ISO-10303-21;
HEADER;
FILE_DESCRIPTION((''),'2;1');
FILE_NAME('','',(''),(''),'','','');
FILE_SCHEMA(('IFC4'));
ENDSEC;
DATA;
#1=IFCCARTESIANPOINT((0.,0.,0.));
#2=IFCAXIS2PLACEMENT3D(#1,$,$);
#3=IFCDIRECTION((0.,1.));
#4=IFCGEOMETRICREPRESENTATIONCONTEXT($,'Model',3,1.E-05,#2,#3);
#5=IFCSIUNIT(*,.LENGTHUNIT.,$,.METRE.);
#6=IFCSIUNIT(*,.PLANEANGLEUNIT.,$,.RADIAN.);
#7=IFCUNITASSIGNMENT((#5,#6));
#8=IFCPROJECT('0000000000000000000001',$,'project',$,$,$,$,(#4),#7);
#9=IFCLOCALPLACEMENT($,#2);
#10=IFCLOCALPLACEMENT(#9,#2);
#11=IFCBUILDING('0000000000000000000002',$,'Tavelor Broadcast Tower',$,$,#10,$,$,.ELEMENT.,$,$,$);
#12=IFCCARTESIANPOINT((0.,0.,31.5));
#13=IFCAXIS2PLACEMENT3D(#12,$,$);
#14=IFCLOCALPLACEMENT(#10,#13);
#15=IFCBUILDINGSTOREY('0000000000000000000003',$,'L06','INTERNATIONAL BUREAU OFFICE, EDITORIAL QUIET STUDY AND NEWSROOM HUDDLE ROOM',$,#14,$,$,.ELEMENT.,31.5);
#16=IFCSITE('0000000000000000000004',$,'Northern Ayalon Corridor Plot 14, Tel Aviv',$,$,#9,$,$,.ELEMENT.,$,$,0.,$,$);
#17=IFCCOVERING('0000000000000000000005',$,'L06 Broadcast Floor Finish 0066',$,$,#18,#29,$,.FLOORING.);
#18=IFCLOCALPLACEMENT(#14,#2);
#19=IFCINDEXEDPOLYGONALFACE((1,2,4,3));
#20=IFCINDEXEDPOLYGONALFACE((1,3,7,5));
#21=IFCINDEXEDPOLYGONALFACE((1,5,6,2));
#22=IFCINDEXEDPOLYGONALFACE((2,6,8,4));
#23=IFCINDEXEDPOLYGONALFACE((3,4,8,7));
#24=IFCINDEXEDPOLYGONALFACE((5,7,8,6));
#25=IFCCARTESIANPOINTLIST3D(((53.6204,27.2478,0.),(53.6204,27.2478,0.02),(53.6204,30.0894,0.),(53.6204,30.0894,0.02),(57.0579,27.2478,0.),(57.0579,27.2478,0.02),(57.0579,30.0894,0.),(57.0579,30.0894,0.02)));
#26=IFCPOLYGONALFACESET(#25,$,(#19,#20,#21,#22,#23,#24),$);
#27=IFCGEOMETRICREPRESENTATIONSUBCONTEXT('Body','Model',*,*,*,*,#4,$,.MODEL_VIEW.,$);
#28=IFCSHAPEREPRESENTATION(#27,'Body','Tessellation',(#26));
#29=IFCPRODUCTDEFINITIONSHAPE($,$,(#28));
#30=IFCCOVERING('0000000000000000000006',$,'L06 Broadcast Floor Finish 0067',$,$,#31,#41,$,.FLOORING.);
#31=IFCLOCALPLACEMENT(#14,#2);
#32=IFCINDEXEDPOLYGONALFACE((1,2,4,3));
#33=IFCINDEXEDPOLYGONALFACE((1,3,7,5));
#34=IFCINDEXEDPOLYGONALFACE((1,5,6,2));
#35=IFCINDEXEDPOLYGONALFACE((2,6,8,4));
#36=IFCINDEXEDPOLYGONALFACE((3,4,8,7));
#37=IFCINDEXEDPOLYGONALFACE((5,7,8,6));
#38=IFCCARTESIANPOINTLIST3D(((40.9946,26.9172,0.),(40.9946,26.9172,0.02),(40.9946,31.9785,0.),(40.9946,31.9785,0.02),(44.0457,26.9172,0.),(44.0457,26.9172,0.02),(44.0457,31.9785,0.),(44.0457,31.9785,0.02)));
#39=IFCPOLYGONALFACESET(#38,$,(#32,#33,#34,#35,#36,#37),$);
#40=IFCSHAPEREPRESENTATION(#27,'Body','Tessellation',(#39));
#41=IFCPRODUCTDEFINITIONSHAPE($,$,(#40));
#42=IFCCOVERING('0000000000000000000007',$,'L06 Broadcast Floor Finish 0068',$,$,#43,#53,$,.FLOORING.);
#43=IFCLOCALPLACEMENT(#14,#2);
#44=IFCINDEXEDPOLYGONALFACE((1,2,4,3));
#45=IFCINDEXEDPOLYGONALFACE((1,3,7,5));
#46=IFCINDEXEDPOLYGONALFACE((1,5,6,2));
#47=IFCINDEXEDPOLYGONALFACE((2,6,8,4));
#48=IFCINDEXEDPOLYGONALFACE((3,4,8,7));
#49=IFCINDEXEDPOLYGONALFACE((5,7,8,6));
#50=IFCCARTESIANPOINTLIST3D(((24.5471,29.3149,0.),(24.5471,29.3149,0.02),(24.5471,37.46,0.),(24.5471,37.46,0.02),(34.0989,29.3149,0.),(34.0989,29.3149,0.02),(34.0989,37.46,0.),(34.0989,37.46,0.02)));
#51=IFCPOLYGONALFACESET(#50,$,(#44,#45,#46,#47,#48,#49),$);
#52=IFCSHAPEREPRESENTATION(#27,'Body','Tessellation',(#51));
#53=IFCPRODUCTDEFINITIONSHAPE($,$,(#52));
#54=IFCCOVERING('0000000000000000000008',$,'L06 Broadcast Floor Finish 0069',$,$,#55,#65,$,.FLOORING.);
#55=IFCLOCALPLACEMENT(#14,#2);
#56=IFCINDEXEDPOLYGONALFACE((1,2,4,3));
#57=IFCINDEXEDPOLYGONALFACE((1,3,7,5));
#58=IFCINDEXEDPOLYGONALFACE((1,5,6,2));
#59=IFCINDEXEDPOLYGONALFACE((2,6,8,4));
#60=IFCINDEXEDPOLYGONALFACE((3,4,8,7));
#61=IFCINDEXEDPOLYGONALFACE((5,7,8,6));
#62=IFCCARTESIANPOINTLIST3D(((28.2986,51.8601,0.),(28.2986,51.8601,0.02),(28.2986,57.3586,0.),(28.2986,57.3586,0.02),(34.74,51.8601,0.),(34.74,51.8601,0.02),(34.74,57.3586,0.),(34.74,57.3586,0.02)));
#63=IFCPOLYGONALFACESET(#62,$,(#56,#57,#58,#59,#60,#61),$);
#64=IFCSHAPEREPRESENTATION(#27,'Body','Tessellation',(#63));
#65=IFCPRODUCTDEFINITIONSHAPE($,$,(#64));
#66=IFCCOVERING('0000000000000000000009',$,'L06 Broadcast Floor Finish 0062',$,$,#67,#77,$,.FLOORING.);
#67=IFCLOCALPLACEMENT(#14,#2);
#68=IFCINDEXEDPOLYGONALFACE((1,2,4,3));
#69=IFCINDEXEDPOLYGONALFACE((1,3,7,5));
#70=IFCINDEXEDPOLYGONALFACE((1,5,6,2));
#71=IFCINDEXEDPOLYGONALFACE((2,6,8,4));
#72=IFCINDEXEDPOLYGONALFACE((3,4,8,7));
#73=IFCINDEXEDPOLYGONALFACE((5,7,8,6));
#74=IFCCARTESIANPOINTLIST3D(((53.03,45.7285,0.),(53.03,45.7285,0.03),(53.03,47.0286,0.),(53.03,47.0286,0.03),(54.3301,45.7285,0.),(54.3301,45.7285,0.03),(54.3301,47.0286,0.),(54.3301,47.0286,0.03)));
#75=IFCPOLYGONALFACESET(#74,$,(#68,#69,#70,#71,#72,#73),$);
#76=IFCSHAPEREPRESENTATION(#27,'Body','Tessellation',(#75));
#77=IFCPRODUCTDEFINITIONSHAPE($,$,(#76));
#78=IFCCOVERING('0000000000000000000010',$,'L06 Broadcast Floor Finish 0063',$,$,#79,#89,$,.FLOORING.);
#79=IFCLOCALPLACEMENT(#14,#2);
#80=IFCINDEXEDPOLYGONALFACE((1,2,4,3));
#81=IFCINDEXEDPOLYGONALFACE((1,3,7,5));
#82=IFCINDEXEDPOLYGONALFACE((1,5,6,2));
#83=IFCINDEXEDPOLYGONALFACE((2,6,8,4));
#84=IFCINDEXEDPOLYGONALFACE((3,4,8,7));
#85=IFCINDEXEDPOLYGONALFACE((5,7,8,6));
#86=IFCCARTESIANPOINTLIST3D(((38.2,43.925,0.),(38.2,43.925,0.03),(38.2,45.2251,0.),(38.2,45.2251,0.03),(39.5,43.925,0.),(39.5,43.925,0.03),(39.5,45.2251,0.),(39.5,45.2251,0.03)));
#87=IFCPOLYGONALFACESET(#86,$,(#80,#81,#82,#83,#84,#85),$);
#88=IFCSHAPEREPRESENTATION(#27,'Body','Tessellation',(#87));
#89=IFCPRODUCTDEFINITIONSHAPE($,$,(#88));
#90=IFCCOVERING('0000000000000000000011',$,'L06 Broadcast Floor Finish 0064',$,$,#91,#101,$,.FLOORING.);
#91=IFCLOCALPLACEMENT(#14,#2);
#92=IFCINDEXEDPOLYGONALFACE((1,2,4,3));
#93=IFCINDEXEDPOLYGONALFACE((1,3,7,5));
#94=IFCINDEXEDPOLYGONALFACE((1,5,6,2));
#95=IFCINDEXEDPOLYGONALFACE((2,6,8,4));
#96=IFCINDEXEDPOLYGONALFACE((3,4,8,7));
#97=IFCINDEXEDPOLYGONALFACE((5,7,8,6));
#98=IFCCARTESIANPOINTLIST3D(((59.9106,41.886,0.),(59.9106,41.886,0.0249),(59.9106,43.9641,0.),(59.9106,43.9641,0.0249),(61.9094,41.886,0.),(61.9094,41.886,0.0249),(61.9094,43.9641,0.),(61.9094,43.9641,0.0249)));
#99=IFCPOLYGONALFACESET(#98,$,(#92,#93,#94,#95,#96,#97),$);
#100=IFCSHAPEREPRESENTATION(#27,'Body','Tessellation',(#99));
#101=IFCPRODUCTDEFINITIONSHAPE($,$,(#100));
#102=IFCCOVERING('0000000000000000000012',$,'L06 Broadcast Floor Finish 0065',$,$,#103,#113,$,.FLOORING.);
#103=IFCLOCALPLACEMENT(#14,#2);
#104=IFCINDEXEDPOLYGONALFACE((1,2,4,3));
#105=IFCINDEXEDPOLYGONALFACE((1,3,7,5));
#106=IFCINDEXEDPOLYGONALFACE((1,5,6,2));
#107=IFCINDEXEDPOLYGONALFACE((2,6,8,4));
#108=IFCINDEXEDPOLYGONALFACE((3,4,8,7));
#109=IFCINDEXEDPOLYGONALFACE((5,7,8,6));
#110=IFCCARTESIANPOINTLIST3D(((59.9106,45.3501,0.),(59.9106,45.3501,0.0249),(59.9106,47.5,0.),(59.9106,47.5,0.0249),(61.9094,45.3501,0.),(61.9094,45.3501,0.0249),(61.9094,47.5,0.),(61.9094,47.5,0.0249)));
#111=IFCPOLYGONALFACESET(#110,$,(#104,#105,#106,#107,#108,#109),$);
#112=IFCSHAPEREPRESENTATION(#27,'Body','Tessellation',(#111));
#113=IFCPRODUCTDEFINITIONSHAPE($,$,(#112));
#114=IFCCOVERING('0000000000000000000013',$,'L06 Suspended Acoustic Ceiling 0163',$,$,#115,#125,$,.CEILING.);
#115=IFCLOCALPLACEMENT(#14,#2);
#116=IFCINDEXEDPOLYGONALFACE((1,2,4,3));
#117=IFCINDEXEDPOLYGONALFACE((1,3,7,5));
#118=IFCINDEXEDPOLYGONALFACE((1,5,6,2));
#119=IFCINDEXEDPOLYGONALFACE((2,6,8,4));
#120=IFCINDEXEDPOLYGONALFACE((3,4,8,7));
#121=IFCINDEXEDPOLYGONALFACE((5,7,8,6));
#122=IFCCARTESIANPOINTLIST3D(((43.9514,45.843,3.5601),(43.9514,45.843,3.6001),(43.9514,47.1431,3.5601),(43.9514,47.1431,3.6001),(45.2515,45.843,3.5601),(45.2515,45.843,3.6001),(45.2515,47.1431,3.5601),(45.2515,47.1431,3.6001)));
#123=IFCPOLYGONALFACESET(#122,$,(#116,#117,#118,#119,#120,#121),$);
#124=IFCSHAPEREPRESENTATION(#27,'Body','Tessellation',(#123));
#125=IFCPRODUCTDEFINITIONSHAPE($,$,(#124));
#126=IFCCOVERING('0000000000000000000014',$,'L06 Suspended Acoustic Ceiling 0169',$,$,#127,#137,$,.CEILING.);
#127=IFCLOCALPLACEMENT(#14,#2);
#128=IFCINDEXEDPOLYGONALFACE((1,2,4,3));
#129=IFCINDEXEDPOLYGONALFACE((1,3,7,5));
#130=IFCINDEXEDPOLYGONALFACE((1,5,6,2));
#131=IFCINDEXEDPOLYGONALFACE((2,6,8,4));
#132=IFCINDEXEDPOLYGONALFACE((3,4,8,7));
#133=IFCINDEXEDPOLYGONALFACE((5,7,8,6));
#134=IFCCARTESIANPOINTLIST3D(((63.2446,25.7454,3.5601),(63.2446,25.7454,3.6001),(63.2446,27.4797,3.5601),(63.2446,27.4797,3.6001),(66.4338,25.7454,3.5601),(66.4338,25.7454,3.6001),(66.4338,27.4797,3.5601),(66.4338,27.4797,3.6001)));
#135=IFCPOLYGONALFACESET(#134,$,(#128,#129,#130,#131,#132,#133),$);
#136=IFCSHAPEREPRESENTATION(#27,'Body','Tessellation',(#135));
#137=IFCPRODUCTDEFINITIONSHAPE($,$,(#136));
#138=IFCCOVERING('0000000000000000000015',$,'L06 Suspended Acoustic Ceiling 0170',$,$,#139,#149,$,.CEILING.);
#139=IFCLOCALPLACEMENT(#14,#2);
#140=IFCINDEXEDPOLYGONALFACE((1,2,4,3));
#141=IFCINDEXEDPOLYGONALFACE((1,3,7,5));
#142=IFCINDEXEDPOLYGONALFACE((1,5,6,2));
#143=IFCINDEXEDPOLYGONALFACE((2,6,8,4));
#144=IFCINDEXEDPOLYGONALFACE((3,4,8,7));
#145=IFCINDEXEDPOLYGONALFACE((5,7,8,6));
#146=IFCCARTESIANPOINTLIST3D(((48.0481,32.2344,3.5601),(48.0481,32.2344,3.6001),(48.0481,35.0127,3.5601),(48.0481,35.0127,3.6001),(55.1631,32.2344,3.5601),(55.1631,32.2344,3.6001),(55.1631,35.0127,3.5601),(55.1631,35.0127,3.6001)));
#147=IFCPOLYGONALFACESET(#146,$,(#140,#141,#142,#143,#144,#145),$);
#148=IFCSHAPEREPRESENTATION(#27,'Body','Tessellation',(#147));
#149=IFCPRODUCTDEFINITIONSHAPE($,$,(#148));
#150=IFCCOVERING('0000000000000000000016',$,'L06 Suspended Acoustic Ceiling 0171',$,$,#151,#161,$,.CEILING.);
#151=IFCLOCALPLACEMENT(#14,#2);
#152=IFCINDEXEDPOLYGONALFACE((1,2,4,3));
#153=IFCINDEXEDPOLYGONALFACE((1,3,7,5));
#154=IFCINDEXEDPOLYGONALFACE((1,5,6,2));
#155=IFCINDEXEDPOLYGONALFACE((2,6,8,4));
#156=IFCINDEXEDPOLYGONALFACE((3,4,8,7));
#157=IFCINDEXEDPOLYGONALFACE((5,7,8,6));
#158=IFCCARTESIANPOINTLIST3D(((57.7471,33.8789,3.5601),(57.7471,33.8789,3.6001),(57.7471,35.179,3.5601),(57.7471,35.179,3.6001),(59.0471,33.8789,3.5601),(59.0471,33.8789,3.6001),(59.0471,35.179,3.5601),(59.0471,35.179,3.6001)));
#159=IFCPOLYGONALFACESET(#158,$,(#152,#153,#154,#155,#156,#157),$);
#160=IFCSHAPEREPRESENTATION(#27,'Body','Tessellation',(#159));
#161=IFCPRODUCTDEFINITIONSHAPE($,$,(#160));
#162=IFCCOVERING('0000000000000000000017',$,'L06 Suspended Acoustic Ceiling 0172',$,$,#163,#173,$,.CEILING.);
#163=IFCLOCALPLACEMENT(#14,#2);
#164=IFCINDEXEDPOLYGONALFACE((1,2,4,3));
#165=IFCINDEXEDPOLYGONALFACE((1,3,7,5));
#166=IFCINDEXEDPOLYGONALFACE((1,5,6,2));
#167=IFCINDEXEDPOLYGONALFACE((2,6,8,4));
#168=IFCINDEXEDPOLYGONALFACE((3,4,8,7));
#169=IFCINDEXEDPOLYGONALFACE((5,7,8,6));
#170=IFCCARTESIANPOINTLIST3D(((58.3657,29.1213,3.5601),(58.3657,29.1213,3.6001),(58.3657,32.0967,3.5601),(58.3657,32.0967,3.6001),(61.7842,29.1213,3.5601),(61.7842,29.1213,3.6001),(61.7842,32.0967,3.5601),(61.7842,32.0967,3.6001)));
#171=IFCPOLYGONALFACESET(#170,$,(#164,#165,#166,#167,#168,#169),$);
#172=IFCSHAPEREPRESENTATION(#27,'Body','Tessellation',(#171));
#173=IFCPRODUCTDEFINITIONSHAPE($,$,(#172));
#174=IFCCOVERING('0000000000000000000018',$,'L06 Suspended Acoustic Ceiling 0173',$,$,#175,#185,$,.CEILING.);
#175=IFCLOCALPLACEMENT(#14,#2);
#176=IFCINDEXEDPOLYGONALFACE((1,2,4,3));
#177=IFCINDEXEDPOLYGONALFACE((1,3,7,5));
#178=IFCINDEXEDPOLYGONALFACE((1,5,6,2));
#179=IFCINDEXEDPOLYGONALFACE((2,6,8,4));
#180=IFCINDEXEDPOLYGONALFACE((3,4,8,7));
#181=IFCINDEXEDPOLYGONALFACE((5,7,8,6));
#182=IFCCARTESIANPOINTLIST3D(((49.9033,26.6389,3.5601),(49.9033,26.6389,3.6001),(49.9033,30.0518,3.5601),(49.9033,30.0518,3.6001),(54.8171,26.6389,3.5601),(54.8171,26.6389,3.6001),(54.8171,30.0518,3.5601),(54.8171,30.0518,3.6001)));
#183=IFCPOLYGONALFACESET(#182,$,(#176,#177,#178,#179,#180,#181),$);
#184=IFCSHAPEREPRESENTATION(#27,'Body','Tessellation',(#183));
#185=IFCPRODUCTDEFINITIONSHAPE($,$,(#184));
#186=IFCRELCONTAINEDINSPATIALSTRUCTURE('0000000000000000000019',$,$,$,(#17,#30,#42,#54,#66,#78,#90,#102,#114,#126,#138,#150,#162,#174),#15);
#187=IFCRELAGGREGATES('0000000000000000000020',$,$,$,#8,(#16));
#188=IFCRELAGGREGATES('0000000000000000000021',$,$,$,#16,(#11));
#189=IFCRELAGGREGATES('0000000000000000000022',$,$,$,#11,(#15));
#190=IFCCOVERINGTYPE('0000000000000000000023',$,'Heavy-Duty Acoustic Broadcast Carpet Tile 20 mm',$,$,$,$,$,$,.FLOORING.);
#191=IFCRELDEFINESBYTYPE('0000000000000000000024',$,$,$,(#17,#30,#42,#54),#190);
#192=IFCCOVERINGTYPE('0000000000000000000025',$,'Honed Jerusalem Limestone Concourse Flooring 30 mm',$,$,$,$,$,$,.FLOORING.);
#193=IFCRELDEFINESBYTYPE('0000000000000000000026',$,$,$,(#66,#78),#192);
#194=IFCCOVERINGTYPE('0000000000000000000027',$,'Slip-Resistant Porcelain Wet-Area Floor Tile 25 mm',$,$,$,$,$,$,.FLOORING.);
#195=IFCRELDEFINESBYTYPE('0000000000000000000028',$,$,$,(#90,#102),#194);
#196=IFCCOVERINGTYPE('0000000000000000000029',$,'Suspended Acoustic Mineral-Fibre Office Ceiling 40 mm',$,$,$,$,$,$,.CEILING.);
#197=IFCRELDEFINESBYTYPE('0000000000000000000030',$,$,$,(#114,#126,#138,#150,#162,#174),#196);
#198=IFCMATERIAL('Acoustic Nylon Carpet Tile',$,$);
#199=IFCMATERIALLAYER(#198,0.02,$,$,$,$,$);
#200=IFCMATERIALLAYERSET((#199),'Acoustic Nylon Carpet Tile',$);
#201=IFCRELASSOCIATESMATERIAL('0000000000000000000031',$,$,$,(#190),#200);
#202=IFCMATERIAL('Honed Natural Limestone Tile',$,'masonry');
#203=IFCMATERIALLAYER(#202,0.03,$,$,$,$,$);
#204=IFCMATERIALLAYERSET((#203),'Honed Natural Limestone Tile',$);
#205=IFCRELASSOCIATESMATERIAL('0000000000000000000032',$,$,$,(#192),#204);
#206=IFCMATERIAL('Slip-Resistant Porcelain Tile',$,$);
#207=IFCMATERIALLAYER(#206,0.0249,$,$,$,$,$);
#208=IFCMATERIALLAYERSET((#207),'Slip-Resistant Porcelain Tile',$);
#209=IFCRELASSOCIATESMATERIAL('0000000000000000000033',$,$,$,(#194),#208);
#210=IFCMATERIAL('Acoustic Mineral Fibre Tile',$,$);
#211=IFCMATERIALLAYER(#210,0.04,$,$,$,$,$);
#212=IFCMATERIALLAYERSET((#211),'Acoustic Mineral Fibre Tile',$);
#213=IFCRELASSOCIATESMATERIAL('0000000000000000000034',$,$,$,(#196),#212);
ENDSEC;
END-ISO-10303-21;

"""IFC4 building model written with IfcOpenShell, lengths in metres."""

from ifc_helpers import new_model, si_unit, direction, frame, origin, place, context, subcontext, project, spatial, polyline, outline, extrude, material, layer, layer_set, type_object, element, save


model = new_model("IFC4")

# Units and contexts
model_context = context("Model", 3, precision=1e-05, world=origin(), true_north=direction((0.0, 1.0)))
body_context = subcontext(model_context, "Body", "Model", "MODEL_VIEW")
ifc_project = project(units=[si_unit("LENGTHUNIT", "METRE"), si_unit("PLANEANGLEUNIT", "RADIAN")], contexts=[model_context])

# Site, building, storey
site_placement = place(None, origin())
site = spatial("IfcSite", under=ifc_project, at=site_placement, Name="Northern Ayalon Corridor Plot 14, Tel Aviv", CompositionType="ELEMENT", RefElevation=0.0)
building_placement = place(site_placement, origin())
building = spatial("IfcBuilding", under=site, at=building_placement, Name="Tavelor Broadcast Tower", CompositionType="ELEMENT")
storey_placement = place(building_placement, frame((0.0, 0.0, 31.5)))
storey = spatial("IfcBuildingStorey", under=building, at=storey_placement, Name="L06", Description="INTERNATIONAL BUREAU OFFICE, EDITORIAL QUIET STUDY AND NEWSROOM HUDDLE ROOM", CompositionType="ELEMENT", Elevation=31.5)

# Coverings
ifc_material_1 = material(Name="Acoustic Nylon Carpet Tile")
ifc_layer_1 = layer(ifc_material_1, 0.02)
ifc_layer_set_1 = layer_set([ifc_layer_1], Name="Acoustic Nylon Carpet Tile")
covering_type_1 = type_object("IfcCoveringType", Name="Heavy-Duty Acoustic Broadcast Carpet Tile 20 mm", PredefinedType="FLOORING", material=ifc_layer_set_1)
covering_1_placement = place(storey_placement, origin())
element("IfcCovering", 1, at=covering_1_placement, inside=storey, type_object=covering_type_1, Name="L06 Broadcast Floor Finish 0066", PredefinedType="FLOORING", context=body_context, shape_type="SweptSolid", body=[
    extrude(outline(polyline([(53.6204, 27.2478), (57.0579, 27.2478), (57.0579, 30.0894), (53.6204, 30.0894), (53.6204, 27.2478)])), origin(), (0.0, 0.0, 1.0), 0.02),
])
covering_2_placement = place(storey_placement, origin())
element("IfcCovering", 2, at=covering_2_placement, inside=storey, type_object=covering_type_1, Name="L06 Broadcast Floor Finish 0067", PredefinedType="FLOORING", context=body_context, shape_type="SweptSolid", body=[
    extrude(outline(polyline([(40.9946, 26.9172), (44.0457, 26.9172), (44.0457, 31.9785), (40.9946, 31.9785), (40.9946, 26.9172)])), origin(), (0.0, 0.0, 1.0), 0.02),
])
covering_3_placement = place(storey_placement, origin())
element("IfcCovering", 3, at=covering_3_placement, inside=storey, type_object=covering_type_1, Name="L06 Broadcast Floor Finish 0068", PredefinedType="FLOORING", context=body_context, shape_type="SweptSolid", body=[
    extrude(outline(polyline([(24.5471, 29.3149), (34.0989, 29.3149), (34.0989, 37.46), (24.5471, 37.46), (24.5471, 29.3149)])), origin(), (0.0, 0.0, 1.0), 0.02),
])
covering_4_placement = place(storey_placement, origin())
element("IfcCovering", 4, at=covering_4_placement, inside=storey, type_object=covering_type_1, Name="L06 Broadcast Floor Finish 0069", PredefinedType="FLOORING", context=body_context, shape_type="SweptSolid", body=[
    extrude(outline(polyline([(28.2986, 51.8601), (34.74, 51.8601), (34.74, 57.3586), (28.2986, 57.3586), (28.2986, 51.8601)])), origin(), (0.0, 0.0, 1.0), 0.02),
])
ifc_material_2 = material(Name="Honed Natural Limestone Tile", Category="masonry")
ifc_layer_2 = layer(ifc_material_2, 0.03)
ifc_layer_set_2 = layer_set([ifc_layer_2], Name="Honed Natural Limestone Tile")
covering_type_2 = type_object("IfcCoveringType", Name="Honed Jerusalem Limestone Concourse Flooring 30 mm", PredefinedType="FLOORING", material=ifc_layer_set_2)
covering_5_placement = place(storey_placement, origin())
element("IfcCovering", 5, at=covering_5_placement, inside=storey, type_object=covering_type_2, Name="L06 Broadcast Floor Finish 0062", PredefinedType="FLOORING", context=body_context, shape_type="SweptSolid", body=[
    extrude(outline(polyline([(53.03, 45.7285), (54.3301, 45.7285), (54.3301, 47.0286), (53.03, 47.0286), (53.03, 45.7285)])), origin(), (0.0, 0.0, 1.0), 0.03),
])
covering_6_placement = place(storey_placement, origin())
element("IfcCovering", 6, at=covering_6_placement, inside=storey, type_object=covering_type_2, Name="L06 Broadcast Floor Finish 0063", PredefinedType="FLOORING", context=body_context, shape_type="SweptSolid", body=[
    extrude(outline(polyline([(38.2, 43.925), (39.5, 43.925), (39.5, 45.2251), (38.2, 45.2251), (38.2, 43.925)])), origin(), (0.0, 0.0, 1.0), 0.03),
])
ifc_material_3 = material(Name="Slip-Resistant Porcelain Tile")
ifc_layer_3 = layer(ifc_material_3, 0.0249)
ifc_layer_set_3 = layer_set([ifc_layer_3], Name="Slip-Resistant Porcelain Tile")
covering_type_3 = type_object("IfcCoveringType", Name="Slip-Resistant Porcelain Wet-Area Floor Tile 25 mm", PredefinedType="FLOORING", material=ifc_layer_set_3)
covering_7_placement = place(storey_placement, origin())
element("IfcCovering", 7, at=covering_7_placement, inside=storey, type_object=covering_type_3, Name="L06 Broadcast Floor Finish 0064", PredefinedType="FLOORING", context=body_context, shape_type="SweptSolid", body=[
    extrude(outline(polyline([(59.9106, 41.886), (61.9094, 41.886), (61.9094, 43.9641), (59.9106, 43.9641), (59.9106, 41.886)])), origin(), (0.0, 0.0, 1.0), 0.0249),
])
covering_8_placement = place(storey_placement, origin())
element("IfcCovering", 8, at=covering_8_placement, inside=storey, type_object=covering_type_3, Name="L06 Broadcast Floor Finish 0065", PredefinedType="FLOORING", context=body_context, shape_type="SweptSolid", body=[
    extrude(outline(polyline([(59.9106, 45.3501), (61.9094, 45.3501), (61.9094, 47.5), (59.9106, 47.5), (59.9106, 45.3501)])), origin(), (0.0, 0.0, 1.0), 0.0249),
])
ifc_material_4 = material(Name="Acoustic Mineral Fibre Tile")
ifc_layer_4 = layer(ifc_material_4, 0.04)
ifc_layer_set_4 = layer_set([ifc_layer_4], Name="Acoustic Mineral Fibre Tile")
covering_type_4 = type_object("IfcCoveringType", Name="Suspended Acoustic Mineral-Fibre Office Ceiling 40 mm", PredefinedType="CEILING", material=ifc_layer_set_4)
covering_9_placement = place(storey_placement, frame((0.0, 0.0, 3.5601)))
element("IfcCovering", 9, at=covering_9_placement, inside=storey, type_object=covering_type_4, Name="L06 Suspended Acoustic Ceiling 0163", PredefinedType="CEILING", context=body_context, shape_type="SweptSolid", body=[
    extrude(outline(polyline([(43.9514, 45.843), (45.2515, 45.843), (45.2515, 47.1431), (43.9514, 47.1431), (43.9514, 45.843)])), origin(), (0.0, 0.0, 1.0), 0.04),
])
covering_10_placement = place(storey_placement, frame((0.0, 0.0, 3.5601)))
element("IfcCovering", 10, at=covering_10_placement, inside=storey, type_object=covering_type_4, Name="L06 Suspended Acoustic Ceiling 0169", PredefinedType="CEILING", context=body_context, shape_type="SweptSolid", body=[
    extrude(outline(polyline([(63.2446, 25.7454), (66.4338, 25.7454), (66.4338, 27.4797), (63.2446, 27.4797), (63.2446, 25.7454)])), origin(), (0.0, 0.0, 1.0), 0.04),
])
covering_11_placement = place(storey_placement, frame((0.0, 0.0, 3.5601)))
element("IfcCovering", 11, at=covering_11_placement, inside=storey, type_object=covering_type_4, Name="L06 Suspended Acoustic Ceiling 0170", PredefinedType="CEILING", context=body_context, shape_type="SweptSolid", body=[
    extrude(outline(polyline([(48.0481, 32.2344), (55.1631, 32.2344), (55.1631, 35.0127), (48.0481, 35.0127), (48.0481, 32.2344)])), origin(), (0.0, 0.0, 1.0), 0.04),
])
covering_12_placement = place(storey_placement, frame((0.0, 0.0, 3.5601)))
element("IfcCovering", 12, at=covering_12_placement, inside=storey, type_object=covering_type_4, Name="L06 Suspended Acoustic Ceiling 0171", PredefinedType="CEILING", context=body_context, shape_type="SweptSolid", body=[
    extrude(outline(polyline([(57.7471, 33.8789), (59.0471, 33.8789), (59.0471, 35.179), (57.7471, 35.179), (57.7471, 33.8789)])), origin(), (0.0, 0.0, 1.0), 0.04),
])
covering_13_placement = place(storey_placement, frame((0.0, 0.0, 3.5601)))
element("IfcCovering", 13, at=covering_13_placement, inside=storey, type_object=covering_type_4, Name="L06 Suspended Acoustic Ceiling 0172", PredefinedType="CEILING", context=body_context, shape_type="SweptSolid", body=[
    extrude(outline(polyline([(58.3657, 29.1213), (61.7842, 29.1213), (61.7842, 32.0967), (58.3657, 32.0967), (58.3657, 29.1213)])), origin(), (0.0, 0.0, 1.0), 0.04),
])
covering_14_placement = place(storey_placement, frame((0.0, 0.0, 3.5601)))
element("IfcCovering", 14, at=covering_14_placement, inside=storey, type_object=covering_type_4, Name="L06 Suspended Acoustic Ceiling 0173", PredefinedType="CEILING", context=body_context, shape_type="SweptSolid", body=[
    extrude(outline(polyline([(49.9033, 26.6389), (54.8171, 26.6389), (54.8171, 30.0518), (49.9033, 30.0518), (49.9033, 26.6389)])), origin(), (0.0, 0.0, 1.0), 0.04),
])

save(model, "model.ifc")
